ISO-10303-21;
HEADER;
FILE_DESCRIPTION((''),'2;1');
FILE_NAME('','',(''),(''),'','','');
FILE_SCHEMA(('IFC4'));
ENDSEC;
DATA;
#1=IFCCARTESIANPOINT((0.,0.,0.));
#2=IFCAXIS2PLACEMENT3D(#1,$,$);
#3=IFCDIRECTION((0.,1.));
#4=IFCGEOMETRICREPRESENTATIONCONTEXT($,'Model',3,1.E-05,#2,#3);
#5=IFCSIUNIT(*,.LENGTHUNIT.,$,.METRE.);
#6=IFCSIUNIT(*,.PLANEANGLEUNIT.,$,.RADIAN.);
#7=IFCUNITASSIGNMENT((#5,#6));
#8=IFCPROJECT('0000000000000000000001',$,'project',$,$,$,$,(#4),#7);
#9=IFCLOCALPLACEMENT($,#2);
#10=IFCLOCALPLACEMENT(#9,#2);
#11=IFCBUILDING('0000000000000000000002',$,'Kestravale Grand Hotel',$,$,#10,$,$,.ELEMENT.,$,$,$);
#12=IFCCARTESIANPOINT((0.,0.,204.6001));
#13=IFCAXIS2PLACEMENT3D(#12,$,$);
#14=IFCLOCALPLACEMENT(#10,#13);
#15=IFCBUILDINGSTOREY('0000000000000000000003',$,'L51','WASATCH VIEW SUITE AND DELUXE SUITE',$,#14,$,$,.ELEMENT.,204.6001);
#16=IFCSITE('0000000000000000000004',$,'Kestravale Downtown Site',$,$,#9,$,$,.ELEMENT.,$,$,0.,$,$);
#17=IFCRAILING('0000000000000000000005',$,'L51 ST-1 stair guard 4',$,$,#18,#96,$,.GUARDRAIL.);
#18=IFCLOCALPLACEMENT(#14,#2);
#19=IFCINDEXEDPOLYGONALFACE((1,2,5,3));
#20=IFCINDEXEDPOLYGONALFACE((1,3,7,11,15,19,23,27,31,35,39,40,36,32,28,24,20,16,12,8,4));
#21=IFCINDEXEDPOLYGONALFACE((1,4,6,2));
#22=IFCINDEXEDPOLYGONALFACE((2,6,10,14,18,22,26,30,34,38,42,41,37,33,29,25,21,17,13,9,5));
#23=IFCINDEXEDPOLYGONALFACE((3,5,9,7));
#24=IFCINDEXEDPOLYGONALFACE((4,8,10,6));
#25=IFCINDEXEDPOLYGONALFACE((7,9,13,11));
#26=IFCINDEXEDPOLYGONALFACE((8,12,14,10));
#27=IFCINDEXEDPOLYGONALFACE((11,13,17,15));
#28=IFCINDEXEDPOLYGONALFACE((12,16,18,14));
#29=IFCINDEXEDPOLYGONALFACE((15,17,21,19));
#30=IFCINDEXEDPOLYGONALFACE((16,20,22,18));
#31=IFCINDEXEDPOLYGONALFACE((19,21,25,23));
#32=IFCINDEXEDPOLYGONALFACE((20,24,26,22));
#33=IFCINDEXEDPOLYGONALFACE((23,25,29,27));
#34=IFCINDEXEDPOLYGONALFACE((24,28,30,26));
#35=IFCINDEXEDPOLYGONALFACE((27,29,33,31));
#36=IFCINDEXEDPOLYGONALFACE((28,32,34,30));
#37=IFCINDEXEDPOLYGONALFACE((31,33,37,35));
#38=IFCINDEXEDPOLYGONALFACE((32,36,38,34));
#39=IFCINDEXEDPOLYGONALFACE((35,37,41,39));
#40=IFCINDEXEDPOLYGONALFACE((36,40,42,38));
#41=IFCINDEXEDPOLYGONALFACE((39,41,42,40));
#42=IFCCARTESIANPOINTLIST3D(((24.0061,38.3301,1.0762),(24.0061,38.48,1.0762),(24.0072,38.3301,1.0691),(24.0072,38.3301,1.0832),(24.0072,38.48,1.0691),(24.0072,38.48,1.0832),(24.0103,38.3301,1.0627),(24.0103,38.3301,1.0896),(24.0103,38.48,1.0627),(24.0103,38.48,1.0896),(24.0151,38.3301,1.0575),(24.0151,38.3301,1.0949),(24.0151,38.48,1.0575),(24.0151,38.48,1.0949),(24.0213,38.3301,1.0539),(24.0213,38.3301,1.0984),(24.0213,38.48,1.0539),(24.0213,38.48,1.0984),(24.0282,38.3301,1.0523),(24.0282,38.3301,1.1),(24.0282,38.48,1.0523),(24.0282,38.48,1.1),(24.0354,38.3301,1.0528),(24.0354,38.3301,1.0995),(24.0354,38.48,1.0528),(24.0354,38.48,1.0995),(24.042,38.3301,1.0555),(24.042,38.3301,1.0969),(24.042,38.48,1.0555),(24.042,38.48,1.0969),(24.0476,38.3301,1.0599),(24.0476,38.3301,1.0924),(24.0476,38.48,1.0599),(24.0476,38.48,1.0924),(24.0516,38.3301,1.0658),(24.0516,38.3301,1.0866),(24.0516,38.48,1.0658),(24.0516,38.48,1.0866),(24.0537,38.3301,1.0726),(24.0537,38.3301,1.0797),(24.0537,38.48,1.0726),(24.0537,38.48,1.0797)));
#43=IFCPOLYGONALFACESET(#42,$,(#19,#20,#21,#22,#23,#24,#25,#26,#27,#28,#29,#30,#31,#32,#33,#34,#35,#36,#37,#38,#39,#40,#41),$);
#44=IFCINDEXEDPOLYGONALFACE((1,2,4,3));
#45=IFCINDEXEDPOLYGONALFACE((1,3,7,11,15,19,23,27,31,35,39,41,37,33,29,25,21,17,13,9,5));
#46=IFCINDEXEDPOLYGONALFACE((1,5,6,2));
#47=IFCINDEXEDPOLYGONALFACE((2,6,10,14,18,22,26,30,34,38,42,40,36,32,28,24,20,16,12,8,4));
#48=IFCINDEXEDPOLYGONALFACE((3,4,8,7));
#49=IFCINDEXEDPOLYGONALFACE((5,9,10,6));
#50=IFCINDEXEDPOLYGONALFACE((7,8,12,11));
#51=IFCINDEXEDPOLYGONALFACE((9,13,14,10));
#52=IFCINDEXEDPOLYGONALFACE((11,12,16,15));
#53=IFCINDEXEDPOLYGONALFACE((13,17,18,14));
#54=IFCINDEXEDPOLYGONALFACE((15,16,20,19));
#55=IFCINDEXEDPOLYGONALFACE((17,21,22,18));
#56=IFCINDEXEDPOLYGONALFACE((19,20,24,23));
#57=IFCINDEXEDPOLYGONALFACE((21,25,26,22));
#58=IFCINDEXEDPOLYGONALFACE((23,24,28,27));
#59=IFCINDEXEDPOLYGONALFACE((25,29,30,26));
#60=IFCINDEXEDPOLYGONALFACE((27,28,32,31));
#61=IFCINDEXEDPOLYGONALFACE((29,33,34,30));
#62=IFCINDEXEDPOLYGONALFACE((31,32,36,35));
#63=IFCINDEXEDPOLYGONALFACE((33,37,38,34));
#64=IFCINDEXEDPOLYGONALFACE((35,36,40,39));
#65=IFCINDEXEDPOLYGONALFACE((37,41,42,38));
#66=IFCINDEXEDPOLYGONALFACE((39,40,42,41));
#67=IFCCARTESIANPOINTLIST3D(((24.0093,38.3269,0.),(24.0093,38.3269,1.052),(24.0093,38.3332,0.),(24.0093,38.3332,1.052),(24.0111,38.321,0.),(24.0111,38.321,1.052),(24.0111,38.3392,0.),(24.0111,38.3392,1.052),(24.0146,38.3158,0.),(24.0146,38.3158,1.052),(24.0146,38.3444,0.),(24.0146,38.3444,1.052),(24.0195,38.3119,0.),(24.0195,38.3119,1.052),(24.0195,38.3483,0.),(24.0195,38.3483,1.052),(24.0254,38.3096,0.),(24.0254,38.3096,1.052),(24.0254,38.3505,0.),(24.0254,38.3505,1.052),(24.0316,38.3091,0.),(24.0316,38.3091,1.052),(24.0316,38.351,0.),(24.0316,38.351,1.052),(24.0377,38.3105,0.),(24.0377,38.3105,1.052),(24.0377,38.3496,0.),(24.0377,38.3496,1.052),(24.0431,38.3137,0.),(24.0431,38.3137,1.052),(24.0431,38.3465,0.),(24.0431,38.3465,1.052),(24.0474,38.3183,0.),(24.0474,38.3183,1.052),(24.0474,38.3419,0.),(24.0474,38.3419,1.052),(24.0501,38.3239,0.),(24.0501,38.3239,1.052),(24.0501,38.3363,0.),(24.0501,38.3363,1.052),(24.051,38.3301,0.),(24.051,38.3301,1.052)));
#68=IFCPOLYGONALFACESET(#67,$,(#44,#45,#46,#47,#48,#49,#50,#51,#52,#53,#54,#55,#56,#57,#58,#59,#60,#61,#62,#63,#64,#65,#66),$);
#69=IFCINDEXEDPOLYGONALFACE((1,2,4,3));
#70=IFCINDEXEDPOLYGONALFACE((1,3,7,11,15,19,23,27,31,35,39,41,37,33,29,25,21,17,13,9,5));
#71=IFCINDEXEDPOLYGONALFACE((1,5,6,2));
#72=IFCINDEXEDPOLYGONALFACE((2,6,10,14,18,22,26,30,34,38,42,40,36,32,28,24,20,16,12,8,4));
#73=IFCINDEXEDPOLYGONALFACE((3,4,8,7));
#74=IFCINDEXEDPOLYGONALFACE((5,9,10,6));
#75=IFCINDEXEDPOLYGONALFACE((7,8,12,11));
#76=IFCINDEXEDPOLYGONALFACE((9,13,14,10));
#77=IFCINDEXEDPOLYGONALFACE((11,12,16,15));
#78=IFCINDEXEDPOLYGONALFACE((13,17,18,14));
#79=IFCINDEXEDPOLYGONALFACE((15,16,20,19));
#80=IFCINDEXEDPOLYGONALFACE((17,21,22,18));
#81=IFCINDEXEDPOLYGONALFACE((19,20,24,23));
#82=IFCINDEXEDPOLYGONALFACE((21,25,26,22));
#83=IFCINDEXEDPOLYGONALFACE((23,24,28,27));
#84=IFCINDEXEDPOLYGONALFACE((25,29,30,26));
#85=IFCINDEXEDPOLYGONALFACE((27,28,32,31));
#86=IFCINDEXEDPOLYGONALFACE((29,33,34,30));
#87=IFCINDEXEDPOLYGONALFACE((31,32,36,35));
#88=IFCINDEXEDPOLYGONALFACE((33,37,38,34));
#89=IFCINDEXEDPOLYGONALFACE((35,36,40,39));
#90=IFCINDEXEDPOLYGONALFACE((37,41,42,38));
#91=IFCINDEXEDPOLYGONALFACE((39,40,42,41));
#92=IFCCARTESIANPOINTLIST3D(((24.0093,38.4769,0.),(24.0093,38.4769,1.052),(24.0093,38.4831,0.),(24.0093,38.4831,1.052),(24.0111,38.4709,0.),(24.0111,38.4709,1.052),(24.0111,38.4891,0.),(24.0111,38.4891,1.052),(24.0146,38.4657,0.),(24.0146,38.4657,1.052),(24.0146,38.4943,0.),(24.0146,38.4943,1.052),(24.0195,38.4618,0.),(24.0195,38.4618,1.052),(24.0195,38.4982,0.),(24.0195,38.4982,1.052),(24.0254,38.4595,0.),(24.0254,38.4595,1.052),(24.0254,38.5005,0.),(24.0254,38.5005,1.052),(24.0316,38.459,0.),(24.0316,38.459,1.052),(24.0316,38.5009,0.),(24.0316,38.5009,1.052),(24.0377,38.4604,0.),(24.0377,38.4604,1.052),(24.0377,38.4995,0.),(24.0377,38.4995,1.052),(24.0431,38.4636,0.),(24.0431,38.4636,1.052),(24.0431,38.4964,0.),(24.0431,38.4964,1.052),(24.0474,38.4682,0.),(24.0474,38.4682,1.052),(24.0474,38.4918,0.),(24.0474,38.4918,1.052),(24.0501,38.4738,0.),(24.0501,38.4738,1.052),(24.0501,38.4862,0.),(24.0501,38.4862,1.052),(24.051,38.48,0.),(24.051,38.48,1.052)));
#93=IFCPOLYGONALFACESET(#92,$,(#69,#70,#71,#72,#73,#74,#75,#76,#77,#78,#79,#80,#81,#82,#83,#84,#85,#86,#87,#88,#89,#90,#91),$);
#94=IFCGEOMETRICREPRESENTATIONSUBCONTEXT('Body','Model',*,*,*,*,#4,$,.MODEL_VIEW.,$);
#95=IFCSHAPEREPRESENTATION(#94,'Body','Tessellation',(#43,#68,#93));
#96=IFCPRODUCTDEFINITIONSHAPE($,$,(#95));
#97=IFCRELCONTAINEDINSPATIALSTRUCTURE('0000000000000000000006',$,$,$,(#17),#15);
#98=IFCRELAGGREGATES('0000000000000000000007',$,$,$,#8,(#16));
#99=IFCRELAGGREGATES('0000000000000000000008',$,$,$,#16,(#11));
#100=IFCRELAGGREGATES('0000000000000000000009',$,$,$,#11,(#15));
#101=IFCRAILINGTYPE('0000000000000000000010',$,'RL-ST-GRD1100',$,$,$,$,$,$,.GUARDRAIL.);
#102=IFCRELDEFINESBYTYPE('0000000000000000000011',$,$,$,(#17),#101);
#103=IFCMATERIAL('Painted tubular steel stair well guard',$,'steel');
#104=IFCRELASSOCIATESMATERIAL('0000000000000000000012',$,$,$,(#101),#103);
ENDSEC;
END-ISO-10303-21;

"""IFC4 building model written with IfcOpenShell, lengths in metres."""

from ifc_helpers import new_model, si_unit, direction, frame, origin, origin_2d, place, context, subcontext, project, spatial, circle, extrude, material, type_object, element, save


model = new_model("IFC4")

# Units and contexts
model_context = context("Model", 3, precision=1e-05, world=origin(), true_north=direction((0.0, 1.0)))
body_context = subcontext(model_context, "Body", "Model", "MODEL_VIEW")
ifc_project = project(units=[si_unit("LENGTHUNIT", "METRE"), si_unit("PLANEANGLEUNIT", "RADIAN")], contexts=[model_context])

# Site, building, storey
site_placement = place(None, origin())
site = spatial("IfcSite", under=ifc_project, at=site_placement, Name="Kestravale Downtown Site", CompositionType="ELEMENT", RefElevation=0.0)
building_placement = place(site_placement, origin())
building = spatial("IfcBuilding", under=site, at=building_placement, Name="Kestravale Grand Hotel", CompositionType="ELEMENT")
storey_placement = place(building_placement, frame((0.0, 0.0, 204.6001)))
storey = spatial("IfcBuildingStorey", under=building, at=storey_placement, Name="L51", Description="WASATCH VIEW SUITE AND DELUXE SUITE", CompositionType="ELEMENT", Elevation=204.6001)

# Railing
ifc_material_1 = material(Name="Painted tubular steel stair well guard", Category="steel")
railing_type_1 = type_object("IfcRailingType", Name="RL-ST-GRD1100", PredefinedType="GUARDRAIL", material=ifc_material_1)
railing_1_placement = place(storey_placement, frame((24.03, 38.3301, 0.0)))
element("IfcRailing", 1, at=railing_1_placement, inside=storey, type_object=railing_type_1, Name="L51 ST-1 stair guard 4", PredefinedType="GUARDRAIL", context=body_context, shape_type="SweptSolid", body=[
    extrude(circle(Radius=0.0239, at=origin_2d()), frame((0.0, 0.0, 1.0762), z_axis=(0.0, 1.0, 0.0), x_axis=(-1.0, 0.0, 0.0)), (0.0, 0.0, 1.0), 0.1499),
    extrude(circle(Radius=0.021, at=origin_2d()), origin(), (0.0, 0.0, 1.0), 1.052),
    extrude(circle(Radius=0.021, at=origin_2d()), frame((0.0, 0.1499, 0.0)), (0.0, 0.0, 1.0), 1.052),
])

save(model, "model.ifc")
